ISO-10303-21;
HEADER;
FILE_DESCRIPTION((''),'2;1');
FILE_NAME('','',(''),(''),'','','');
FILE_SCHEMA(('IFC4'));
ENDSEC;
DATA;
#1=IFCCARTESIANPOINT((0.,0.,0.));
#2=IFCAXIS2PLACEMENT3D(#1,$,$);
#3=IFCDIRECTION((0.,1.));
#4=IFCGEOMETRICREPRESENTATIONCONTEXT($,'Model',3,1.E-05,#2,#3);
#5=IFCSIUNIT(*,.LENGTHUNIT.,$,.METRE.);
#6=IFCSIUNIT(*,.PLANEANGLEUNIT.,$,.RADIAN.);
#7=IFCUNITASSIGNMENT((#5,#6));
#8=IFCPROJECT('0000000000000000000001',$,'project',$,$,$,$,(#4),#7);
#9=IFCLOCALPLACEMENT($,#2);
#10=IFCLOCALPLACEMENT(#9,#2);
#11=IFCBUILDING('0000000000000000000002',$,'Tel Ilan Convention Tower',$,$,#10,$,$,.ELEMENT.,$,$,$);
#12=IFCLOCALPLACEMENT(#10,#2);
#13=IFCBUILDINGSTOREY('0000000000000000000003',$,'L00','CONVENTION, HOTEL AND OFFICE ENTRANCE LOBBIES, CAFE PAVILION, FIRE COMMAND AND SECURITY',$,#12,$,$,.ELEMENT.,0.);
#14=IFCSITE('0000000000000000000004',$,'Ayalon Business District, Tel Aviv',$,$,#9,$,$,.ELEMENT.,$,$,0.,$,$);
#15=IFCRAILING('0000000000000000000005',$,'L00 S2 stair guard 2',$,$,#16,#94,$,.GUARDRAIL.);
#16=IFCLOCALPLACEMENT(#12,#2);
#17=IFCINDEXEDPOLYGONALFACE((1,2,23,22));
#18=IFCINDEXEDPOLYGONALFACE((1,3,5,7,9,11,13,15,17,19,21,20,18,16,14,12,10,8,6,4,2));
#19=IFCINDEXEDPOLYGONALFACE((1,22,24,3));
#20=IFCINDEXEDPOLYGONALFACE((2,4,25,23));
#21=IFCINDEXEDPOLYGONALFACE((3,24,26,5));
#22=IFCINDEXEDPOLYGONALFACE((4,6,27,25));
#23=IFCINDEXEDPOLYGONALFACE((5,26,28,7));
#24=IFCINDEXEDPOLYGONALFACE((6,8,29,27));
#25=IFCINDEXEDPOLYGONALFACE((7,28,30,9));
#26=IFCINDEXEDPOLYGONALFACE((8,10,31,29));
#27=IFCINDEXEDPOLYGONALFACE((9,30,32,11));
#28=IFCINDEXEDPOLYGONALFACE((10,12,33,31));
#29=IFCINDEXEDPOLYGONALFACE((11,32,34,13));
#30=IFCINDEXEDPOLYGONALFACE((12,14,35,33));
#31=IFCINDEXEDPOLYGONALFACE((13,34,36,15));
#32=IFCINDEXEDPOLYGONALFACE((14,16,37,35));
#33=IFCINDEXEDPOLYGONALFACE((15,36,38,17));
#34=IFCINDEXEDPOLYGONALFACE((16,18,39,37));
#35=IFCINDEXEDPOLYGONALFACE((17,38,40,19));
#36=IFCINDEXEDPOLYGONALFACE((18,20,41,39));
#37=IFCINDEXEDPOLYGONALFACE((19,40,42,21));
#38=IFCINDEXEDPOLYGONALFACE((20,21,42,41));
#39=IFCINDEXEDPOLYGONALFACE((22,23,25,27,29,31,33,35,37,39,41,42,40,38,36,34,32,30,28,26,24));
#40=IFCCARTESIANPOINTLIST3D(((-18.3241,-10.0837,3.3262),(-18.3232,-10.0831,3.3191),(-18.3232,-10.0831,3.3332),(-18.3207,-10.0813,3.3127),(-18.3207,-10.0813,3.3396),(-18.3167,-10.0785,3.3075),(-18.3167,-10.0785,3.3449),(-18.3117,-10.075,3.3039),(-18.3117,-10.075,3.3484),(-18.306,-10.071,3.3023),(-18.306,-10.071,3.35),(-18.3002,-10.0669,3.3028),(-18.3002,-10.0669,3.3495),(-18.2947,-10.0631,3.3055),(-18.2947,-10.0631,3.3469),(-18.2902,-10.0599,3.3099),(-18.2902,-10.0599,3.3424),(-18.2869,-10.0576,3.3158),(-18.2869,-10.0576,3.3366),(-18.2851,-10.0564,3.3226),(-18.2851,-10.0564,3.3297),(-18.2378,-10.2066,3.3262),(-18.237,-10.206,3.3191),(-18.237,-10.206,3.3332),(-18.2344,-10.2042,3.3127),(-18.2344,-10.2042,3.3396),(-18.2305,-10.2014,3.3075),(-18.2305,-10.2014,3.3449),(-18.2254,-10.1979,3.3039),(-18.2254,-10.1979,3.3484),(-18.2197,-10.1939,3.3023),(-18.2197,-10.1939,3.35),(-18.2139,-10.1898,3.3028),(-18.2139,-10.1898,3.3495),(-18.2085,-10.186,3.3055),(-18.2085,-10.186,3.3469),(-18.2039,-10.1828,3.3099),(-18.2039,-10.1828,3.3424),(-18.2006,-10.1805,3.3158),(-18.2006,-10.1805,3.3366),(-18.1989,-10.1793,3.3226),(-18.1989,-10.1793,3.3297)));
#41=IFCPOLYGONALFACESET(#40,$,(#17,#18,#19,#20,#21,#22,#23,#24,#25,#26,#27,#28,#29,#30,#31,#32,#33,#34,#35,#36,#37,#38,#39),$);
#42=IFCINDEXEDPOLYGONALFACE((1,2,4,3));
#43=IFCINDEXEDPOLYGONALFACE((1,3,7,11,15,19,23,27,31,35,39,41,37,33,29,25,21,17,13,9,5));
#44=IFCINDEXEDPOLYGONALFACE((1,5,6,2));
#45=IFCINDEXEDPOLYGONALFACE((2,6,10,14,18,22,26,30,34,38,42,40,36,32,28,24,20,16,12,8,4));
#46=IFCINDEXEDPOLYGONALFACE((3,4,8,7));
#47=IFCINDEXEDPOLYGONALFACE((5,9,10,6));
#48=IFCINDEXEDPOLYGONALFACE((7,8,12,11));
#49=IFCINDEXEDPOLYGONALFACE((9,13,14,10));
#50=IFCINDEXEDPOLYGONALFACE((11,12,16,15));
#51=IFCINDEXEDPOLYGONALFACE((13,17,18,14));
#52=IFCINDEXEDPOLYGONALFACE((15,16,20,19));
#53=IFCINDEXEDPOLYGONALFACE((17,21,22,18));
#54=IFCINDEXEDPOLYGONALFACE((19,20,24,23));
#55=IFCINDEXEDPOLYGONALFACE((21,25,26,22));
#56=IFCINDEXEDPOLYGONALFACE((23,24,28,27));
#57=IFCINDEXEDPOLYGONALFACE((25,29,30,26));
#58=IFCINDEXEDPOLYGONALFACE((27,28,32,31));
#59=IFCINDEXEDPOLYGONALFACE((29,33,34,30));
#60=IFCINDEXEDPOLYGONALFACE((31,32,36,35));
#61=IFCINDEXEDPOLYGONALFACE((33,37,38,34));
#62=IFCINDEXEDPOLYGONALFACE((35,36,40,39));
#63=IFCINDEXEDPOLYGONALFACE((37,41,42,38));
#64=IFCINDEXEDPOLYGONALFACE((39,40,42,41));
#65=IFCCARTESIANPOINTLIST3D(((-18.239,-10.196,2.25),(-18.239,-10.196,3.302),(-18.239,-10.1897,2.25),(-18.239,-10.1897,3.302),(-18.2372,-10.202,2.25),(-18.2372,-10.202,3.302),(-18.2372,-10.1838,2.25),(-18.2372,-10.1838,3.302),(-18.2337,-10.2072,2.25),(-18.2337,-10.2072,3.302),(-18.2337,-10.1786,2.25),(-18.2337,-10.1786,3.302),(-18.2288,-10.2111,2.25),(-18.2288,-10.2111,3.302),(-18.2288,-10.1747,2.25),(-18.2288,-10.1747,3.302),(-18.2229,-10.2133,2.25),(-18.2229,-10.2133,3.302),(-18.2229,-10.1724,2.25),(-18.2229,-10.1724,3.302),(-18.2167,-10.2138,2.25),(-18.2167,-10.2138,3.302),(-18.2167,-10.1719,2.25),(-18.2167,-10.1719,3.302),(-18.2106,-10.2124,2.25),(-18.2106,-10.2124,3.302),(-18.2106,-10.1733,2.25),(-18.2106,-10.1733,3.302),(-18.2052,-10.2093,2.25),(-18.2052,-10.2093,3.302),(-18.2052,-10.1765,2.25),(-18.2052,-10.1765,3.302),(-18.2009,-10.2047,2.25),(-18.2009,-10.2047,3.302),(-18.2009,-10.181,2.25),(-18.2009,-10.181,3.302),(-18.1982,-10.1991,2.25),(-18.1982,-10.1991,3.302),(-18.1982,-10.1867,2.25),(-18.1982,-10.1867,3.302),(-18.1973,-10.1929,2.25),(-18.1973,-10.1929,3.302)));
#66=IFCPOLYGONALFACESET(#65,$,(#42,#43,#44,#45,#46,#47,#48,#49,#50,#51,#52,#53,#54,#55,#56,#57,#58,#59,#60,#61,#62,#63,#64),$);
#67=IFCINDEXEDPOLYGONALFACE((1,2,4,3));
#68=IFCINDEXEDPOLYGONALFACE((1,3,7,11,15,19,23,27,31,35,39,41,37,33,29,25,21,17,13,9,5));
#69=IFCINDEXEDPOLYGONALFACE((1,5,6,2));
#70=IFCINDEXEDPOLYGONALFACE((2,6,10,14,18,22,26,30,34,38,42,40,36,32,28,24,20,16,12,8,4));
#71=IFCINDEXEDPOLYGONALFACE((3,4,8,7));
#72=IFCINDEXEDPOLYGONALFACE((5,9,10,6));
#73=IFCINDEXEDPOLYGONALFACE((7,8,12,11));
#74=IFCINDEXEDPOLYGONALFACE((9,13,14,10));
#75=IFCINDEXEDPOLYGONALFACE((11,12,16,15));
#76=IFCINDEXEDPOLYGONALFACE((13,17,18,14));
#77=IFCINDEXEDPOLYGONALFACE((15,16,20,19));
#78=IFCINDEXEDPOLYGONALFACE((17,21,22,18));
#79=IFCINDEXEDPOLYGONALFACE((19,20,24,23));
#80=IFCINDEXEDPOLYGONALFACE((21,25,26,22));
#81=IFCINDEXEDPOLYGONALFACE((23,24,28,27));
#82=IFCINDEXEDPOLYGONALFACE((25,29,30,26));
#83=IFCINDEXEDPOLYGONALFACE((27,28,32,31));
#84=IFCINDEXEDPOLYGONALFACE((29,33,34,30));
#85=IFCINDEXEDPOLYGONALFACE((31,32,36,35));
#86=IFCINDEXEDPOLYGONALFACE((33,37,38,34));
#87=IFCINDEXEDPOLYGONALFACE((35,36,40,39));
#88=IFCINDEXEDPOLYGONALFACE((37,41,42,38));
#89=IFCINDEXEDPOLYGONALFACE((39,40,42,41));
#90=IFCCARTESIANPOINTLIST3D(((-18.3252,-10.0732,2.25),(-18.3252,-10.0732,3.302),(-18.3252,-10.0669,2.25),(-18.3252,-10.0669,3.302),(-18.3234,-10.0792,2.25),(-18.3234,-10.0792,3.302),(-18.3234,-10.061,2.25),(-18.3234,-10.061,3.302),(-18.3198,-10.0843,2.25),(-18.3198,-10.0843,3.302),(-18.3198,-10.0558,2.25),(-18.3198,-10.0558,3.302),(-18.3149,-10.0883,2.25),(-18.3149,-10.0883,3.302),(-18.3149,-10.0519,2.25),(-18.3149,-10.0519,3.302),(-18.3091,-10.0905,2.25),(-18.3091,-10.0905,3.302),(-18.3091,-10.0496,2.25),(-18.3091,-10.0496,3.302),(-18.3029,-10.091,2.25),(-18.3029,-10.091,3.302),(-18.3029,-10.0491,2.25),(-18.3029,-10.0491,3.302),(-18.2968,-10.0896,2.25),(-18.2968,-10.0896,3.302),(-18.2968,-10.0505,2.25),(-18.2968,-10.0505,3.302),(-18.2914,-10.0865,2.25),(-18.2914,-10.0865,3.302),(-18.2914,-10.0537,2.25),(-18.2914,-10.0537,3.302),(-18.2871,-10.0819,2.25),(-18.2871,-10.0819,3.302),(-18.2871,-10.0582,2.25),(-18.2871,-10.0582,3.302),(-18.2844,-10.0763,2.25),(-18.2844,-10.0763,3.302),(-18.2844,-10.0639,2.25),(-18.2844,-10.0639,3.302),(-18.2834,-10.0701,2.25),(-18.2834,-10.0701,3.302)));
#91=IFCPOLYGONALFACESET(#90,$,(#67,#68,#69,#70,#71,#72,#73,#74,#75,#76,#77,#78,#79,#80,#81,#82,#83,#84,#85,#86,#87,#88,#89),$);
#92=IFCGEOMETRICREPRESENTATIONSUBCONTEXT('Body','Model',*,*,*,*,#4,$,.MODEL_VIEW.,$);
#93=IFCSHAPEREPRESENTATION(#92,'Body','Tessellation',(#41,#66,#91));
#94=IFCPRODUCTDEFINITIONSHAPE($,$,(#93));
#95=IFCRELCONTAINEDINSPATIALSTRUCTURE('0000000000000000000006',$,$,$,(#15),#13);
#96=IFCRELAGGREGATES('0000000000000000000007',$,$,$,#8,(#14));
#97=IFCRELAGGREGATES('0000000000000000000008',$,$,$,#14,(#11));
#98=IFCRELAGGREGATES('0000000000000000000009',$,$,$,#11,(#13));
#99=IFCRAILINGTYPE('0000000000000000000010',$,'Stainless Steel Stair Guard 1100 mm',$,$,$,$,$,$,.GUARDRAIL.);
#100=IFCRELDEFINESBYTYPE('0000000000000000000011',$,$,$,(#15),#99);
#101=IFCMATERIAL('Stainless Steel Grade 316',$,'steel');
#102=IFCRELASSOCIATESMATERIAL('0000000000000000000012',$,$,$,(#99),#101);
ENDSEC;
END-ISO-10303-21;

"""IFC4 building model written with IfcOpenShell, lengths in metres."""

from ifc_helpers import new_model, si_unit, direction, frame, origin, origin_2d, place, context, subcontext, project, spatial, circle, extrude, material, type_object, element, save


model = new_model("IFC4")

# Units and contexts
model_context = context("Model", 3, precision=1e-05, world=origin(), true_north=direction((0.0, 1.0)))
body_context = subcontext(model_context, "Body", "Model", "MODEL_VIEW")
ifc_project = project(units=[si_unit("LENGTHUNIT", "METRE"), si_unit("PLANEANGLEUNIT", "RADIAN")], contexts=[model_context])

# Site, building, storey
site_placement = place(None, origin())
site = spatial("IfcSite", under=ifc_project, at=site_placement, Name="Ayalon Business District, Tel Aviv", CompositionType="ELEMENT", RefElevation=0.0)
building_placement = place(site_placement, origin())
building = spatial("IfcBuilding", under=site, at=building_placement, Name="Tel Ilan Convention Tower", CompositionType="ELEMENT")
storey_placement = place(building_placement, origin())
storey = spatial("IfcBuildingStorey", under=building, at=storey_placement, Name="L00", Description="CONVENTION, HOTEL AND OFFICE ENTRANCE LOBBIES, CAFE PAVILION, FIRE COMMAND AND SECURITY", CompositionType="ELEMENT", Elevation=0.0)

# Railing
ifc_material_1 = material(Name="Stainless Steel Grade 316", Category="steel")
railing_type_1 = type_object("IfcRailingType", Name="Stainless Steel Stair Guard 1100 mm", PredefinedType="GUARDRAIL", material=ifc_material_1)
railing_1_placement = place(storey_placement, frame((-18.2183, -10.1929, 2.25)))
element("IfcRailing", 1, at=railing_1_placement, inside=storey, type_object=railing_type_1, Name="L00 S2 stair guard 2", PredefinedType="GUARDRAIL", context=body_context, shape_type="SweptSolid", body=[
    extrude(circle(Radius=0.0239, at=origin_2d()), frame((0.0, 0.0, 1.0762), z_axis=(-0.574445, 0.818543, 0.0), x_axis=(-0.818543, -0.574445, 0.0)), (0.0, 0.0, 1.0), 0.1501),
    extrude(circle(Radius=0.021, at=origin_2d()), origin(), (0.0, 0.0, 1.0), 1.052),
    extrude(circle(Radius=0.021, at=origin_2d()), frame((-0.0862, 0.1228, 0.0)), (0.0, 0.0, 1.0), 1.052),
])

save(model, "model.ifc")
